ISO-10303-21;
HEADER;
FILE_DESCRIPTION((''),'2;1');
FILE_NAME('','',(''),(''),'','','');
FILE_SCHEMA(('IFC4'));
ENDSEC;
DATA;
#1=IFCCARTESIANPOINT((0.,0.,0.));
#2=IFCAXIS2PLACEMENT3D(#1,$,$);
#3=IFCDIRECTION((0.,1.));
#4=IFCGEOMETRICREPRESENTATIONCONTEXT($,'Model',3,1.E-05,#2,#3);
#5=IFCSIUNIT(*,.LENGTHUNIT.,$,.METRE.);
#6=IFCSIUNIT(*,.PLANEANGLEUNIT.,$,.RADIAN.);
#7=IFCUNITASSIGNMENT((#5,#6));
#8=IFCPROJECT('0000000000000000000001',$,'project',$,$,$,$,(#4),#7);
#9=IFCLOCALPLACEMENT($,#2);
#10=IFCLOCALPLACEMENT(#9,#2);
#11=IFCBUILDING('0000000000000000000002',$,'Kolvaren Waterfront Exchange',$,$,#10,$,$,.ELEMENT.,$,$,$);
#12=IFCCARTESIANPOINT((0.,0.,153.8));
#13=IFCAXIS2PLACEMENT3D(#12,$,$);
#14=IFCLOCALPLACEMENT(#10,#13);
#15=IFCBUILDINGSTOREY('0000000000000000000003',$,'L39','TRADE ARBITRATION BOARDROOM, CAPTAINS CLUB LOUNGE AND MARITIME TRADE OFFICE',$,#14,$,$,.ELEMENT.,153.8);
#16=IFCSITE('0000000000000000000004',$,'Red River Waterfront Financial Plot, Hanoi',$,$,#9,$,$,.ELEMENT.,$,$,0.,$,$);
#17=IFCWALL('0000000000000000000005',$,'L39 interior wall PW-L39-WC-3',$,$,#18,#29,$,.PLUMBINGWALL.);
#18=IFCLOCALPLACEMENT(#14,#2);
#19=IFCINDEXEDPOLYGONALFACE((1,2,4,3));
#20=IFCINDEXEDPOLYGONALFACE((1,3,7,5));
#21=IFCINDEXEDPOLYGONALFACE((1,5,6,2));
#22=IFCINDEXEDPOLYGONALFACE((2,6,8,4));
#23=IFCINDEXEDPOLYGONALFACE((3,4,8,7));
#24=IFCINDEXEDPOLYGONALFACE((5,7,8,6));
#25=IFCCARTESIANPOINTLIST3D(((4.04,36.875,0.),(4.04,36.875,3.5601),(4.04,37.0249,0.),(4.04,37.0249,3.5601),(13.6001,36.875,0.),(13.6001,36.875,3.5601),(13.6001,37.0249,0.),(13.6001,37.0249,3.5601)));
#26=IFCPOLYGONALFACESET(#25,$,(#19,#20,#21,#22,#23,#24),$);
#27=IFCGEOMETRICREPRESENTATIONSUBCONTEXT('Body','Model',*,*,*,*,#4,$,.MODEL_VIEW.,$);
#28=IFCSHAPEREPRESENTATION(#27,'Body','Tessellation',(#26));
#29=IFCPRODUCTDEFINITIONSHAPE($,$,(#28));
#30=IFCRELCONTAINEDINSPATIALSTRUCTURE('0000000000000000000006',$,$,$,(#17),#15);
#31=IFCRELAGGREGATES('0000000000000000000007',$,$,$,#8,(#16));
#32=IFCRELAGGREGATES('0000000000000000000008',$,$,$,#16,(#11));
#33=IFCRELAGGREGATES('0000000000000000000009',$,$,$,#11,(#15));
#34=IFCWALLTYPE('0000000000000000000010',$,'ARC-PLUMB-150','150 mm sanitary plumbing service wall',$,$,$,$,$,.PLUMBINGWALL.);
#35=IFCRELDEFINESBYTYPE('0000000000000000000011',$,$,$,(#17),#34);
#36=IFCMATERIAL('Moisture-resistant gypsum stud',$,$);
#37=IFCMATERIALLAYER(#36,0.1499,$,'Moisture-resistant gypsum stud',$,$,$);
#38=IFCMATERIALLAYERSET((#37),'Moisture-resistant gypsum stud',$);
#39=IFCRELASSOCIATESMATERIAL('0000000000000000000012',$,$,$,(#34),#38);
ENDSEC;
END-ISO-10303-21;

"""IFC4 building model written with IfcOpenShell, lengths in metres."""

from ifc_helpers import new_model, si_unit, direction, frame, frame_2d, origin, place, context, subcontext, project, spatial, rectangle, extrude, material, layer, layer_set, type_object, element, save


model = new_model("IFC4")

# Units and contexts
model_context = context("Model", 3, precision=1e-05, world=origin(), true_north=direction((0.0, 1.0)))
body_context = subcontext(model_context, "Body", "Model", "MODEL_VIEW")
ifc_project = project(units=[si_unit("LENGTHUNIT", "METRE"), si_unit("PLANEANGLEUNIT", "RADIAN")], contexts=[model_context])

# Site, building, storey
site_placement = place(None, origin())
site = spatial("IfcSite", under=ifc_project, at=site_placement, Name="Red River Waterfront Financial Plot, Hanoi", CompositionType="ELEMENT", RefElevation=0.0)
building_placement = place(site_placement, origin())
building = spatial("IfcBuilding", under=site, at=building_placement, Name="Kolvaren Waterfront Exchange", CompositionType="ELEMENT")
storey_placement = place(building_placement, frame((0.0, 0.0, 153.8)))
storey = spatial("IfcBuildingStorey", under=building, at=storey_placement, Name="L39", Description="TRADE ARBITRATION BOARDROOM, CAPTAINS CLUB LOUNGE AND MARITIME TRADE OFFICE", CompositionType="ELEMENT", Elevation=153.8)

# Wall
ifc_material_1 = material(Name="Moisture-resistant gypsum stud")
ifc_layer_1 = layer(ifc_material_1, 0.1499, Name="Moisture-resistant gypsum stud")
ifc_layer_set_1 = layer_set([ifc_layer_1], Name="Moisture-resistant gypsum stud")
wall_type_1 = type_object("IfcWallType", Name="ARC-PLUMB-150", Description="150 mm sanitary plumbing service wall", PredefinedType="PLUMBINGWALL", material=ifc_layer_set_1)
wall_1_placement = place(storey_placement, frame((4.04, 36.95, 0.0), z_axis=(0.0, 0.0, 1.0), x_axis=(1.0, 0.0, 0.0)))
element("IfcWall", 1, at=wall_1_placement, inside=storey, type_object=wall_type_1, Name="L39 interior wall PW-L39-WC-3", PredefinedType="PLUMBINGWALL", context=body_context, shape_type="SweptSolid", body=[
    extrude(rectangle(XDim=9.5601, YDim=0.1499, at=frame_2d((4.78, 0.0))), origin(), (0.0, 0.0, 1.0), 3.5601),
])

save(model, "model.ifc")
